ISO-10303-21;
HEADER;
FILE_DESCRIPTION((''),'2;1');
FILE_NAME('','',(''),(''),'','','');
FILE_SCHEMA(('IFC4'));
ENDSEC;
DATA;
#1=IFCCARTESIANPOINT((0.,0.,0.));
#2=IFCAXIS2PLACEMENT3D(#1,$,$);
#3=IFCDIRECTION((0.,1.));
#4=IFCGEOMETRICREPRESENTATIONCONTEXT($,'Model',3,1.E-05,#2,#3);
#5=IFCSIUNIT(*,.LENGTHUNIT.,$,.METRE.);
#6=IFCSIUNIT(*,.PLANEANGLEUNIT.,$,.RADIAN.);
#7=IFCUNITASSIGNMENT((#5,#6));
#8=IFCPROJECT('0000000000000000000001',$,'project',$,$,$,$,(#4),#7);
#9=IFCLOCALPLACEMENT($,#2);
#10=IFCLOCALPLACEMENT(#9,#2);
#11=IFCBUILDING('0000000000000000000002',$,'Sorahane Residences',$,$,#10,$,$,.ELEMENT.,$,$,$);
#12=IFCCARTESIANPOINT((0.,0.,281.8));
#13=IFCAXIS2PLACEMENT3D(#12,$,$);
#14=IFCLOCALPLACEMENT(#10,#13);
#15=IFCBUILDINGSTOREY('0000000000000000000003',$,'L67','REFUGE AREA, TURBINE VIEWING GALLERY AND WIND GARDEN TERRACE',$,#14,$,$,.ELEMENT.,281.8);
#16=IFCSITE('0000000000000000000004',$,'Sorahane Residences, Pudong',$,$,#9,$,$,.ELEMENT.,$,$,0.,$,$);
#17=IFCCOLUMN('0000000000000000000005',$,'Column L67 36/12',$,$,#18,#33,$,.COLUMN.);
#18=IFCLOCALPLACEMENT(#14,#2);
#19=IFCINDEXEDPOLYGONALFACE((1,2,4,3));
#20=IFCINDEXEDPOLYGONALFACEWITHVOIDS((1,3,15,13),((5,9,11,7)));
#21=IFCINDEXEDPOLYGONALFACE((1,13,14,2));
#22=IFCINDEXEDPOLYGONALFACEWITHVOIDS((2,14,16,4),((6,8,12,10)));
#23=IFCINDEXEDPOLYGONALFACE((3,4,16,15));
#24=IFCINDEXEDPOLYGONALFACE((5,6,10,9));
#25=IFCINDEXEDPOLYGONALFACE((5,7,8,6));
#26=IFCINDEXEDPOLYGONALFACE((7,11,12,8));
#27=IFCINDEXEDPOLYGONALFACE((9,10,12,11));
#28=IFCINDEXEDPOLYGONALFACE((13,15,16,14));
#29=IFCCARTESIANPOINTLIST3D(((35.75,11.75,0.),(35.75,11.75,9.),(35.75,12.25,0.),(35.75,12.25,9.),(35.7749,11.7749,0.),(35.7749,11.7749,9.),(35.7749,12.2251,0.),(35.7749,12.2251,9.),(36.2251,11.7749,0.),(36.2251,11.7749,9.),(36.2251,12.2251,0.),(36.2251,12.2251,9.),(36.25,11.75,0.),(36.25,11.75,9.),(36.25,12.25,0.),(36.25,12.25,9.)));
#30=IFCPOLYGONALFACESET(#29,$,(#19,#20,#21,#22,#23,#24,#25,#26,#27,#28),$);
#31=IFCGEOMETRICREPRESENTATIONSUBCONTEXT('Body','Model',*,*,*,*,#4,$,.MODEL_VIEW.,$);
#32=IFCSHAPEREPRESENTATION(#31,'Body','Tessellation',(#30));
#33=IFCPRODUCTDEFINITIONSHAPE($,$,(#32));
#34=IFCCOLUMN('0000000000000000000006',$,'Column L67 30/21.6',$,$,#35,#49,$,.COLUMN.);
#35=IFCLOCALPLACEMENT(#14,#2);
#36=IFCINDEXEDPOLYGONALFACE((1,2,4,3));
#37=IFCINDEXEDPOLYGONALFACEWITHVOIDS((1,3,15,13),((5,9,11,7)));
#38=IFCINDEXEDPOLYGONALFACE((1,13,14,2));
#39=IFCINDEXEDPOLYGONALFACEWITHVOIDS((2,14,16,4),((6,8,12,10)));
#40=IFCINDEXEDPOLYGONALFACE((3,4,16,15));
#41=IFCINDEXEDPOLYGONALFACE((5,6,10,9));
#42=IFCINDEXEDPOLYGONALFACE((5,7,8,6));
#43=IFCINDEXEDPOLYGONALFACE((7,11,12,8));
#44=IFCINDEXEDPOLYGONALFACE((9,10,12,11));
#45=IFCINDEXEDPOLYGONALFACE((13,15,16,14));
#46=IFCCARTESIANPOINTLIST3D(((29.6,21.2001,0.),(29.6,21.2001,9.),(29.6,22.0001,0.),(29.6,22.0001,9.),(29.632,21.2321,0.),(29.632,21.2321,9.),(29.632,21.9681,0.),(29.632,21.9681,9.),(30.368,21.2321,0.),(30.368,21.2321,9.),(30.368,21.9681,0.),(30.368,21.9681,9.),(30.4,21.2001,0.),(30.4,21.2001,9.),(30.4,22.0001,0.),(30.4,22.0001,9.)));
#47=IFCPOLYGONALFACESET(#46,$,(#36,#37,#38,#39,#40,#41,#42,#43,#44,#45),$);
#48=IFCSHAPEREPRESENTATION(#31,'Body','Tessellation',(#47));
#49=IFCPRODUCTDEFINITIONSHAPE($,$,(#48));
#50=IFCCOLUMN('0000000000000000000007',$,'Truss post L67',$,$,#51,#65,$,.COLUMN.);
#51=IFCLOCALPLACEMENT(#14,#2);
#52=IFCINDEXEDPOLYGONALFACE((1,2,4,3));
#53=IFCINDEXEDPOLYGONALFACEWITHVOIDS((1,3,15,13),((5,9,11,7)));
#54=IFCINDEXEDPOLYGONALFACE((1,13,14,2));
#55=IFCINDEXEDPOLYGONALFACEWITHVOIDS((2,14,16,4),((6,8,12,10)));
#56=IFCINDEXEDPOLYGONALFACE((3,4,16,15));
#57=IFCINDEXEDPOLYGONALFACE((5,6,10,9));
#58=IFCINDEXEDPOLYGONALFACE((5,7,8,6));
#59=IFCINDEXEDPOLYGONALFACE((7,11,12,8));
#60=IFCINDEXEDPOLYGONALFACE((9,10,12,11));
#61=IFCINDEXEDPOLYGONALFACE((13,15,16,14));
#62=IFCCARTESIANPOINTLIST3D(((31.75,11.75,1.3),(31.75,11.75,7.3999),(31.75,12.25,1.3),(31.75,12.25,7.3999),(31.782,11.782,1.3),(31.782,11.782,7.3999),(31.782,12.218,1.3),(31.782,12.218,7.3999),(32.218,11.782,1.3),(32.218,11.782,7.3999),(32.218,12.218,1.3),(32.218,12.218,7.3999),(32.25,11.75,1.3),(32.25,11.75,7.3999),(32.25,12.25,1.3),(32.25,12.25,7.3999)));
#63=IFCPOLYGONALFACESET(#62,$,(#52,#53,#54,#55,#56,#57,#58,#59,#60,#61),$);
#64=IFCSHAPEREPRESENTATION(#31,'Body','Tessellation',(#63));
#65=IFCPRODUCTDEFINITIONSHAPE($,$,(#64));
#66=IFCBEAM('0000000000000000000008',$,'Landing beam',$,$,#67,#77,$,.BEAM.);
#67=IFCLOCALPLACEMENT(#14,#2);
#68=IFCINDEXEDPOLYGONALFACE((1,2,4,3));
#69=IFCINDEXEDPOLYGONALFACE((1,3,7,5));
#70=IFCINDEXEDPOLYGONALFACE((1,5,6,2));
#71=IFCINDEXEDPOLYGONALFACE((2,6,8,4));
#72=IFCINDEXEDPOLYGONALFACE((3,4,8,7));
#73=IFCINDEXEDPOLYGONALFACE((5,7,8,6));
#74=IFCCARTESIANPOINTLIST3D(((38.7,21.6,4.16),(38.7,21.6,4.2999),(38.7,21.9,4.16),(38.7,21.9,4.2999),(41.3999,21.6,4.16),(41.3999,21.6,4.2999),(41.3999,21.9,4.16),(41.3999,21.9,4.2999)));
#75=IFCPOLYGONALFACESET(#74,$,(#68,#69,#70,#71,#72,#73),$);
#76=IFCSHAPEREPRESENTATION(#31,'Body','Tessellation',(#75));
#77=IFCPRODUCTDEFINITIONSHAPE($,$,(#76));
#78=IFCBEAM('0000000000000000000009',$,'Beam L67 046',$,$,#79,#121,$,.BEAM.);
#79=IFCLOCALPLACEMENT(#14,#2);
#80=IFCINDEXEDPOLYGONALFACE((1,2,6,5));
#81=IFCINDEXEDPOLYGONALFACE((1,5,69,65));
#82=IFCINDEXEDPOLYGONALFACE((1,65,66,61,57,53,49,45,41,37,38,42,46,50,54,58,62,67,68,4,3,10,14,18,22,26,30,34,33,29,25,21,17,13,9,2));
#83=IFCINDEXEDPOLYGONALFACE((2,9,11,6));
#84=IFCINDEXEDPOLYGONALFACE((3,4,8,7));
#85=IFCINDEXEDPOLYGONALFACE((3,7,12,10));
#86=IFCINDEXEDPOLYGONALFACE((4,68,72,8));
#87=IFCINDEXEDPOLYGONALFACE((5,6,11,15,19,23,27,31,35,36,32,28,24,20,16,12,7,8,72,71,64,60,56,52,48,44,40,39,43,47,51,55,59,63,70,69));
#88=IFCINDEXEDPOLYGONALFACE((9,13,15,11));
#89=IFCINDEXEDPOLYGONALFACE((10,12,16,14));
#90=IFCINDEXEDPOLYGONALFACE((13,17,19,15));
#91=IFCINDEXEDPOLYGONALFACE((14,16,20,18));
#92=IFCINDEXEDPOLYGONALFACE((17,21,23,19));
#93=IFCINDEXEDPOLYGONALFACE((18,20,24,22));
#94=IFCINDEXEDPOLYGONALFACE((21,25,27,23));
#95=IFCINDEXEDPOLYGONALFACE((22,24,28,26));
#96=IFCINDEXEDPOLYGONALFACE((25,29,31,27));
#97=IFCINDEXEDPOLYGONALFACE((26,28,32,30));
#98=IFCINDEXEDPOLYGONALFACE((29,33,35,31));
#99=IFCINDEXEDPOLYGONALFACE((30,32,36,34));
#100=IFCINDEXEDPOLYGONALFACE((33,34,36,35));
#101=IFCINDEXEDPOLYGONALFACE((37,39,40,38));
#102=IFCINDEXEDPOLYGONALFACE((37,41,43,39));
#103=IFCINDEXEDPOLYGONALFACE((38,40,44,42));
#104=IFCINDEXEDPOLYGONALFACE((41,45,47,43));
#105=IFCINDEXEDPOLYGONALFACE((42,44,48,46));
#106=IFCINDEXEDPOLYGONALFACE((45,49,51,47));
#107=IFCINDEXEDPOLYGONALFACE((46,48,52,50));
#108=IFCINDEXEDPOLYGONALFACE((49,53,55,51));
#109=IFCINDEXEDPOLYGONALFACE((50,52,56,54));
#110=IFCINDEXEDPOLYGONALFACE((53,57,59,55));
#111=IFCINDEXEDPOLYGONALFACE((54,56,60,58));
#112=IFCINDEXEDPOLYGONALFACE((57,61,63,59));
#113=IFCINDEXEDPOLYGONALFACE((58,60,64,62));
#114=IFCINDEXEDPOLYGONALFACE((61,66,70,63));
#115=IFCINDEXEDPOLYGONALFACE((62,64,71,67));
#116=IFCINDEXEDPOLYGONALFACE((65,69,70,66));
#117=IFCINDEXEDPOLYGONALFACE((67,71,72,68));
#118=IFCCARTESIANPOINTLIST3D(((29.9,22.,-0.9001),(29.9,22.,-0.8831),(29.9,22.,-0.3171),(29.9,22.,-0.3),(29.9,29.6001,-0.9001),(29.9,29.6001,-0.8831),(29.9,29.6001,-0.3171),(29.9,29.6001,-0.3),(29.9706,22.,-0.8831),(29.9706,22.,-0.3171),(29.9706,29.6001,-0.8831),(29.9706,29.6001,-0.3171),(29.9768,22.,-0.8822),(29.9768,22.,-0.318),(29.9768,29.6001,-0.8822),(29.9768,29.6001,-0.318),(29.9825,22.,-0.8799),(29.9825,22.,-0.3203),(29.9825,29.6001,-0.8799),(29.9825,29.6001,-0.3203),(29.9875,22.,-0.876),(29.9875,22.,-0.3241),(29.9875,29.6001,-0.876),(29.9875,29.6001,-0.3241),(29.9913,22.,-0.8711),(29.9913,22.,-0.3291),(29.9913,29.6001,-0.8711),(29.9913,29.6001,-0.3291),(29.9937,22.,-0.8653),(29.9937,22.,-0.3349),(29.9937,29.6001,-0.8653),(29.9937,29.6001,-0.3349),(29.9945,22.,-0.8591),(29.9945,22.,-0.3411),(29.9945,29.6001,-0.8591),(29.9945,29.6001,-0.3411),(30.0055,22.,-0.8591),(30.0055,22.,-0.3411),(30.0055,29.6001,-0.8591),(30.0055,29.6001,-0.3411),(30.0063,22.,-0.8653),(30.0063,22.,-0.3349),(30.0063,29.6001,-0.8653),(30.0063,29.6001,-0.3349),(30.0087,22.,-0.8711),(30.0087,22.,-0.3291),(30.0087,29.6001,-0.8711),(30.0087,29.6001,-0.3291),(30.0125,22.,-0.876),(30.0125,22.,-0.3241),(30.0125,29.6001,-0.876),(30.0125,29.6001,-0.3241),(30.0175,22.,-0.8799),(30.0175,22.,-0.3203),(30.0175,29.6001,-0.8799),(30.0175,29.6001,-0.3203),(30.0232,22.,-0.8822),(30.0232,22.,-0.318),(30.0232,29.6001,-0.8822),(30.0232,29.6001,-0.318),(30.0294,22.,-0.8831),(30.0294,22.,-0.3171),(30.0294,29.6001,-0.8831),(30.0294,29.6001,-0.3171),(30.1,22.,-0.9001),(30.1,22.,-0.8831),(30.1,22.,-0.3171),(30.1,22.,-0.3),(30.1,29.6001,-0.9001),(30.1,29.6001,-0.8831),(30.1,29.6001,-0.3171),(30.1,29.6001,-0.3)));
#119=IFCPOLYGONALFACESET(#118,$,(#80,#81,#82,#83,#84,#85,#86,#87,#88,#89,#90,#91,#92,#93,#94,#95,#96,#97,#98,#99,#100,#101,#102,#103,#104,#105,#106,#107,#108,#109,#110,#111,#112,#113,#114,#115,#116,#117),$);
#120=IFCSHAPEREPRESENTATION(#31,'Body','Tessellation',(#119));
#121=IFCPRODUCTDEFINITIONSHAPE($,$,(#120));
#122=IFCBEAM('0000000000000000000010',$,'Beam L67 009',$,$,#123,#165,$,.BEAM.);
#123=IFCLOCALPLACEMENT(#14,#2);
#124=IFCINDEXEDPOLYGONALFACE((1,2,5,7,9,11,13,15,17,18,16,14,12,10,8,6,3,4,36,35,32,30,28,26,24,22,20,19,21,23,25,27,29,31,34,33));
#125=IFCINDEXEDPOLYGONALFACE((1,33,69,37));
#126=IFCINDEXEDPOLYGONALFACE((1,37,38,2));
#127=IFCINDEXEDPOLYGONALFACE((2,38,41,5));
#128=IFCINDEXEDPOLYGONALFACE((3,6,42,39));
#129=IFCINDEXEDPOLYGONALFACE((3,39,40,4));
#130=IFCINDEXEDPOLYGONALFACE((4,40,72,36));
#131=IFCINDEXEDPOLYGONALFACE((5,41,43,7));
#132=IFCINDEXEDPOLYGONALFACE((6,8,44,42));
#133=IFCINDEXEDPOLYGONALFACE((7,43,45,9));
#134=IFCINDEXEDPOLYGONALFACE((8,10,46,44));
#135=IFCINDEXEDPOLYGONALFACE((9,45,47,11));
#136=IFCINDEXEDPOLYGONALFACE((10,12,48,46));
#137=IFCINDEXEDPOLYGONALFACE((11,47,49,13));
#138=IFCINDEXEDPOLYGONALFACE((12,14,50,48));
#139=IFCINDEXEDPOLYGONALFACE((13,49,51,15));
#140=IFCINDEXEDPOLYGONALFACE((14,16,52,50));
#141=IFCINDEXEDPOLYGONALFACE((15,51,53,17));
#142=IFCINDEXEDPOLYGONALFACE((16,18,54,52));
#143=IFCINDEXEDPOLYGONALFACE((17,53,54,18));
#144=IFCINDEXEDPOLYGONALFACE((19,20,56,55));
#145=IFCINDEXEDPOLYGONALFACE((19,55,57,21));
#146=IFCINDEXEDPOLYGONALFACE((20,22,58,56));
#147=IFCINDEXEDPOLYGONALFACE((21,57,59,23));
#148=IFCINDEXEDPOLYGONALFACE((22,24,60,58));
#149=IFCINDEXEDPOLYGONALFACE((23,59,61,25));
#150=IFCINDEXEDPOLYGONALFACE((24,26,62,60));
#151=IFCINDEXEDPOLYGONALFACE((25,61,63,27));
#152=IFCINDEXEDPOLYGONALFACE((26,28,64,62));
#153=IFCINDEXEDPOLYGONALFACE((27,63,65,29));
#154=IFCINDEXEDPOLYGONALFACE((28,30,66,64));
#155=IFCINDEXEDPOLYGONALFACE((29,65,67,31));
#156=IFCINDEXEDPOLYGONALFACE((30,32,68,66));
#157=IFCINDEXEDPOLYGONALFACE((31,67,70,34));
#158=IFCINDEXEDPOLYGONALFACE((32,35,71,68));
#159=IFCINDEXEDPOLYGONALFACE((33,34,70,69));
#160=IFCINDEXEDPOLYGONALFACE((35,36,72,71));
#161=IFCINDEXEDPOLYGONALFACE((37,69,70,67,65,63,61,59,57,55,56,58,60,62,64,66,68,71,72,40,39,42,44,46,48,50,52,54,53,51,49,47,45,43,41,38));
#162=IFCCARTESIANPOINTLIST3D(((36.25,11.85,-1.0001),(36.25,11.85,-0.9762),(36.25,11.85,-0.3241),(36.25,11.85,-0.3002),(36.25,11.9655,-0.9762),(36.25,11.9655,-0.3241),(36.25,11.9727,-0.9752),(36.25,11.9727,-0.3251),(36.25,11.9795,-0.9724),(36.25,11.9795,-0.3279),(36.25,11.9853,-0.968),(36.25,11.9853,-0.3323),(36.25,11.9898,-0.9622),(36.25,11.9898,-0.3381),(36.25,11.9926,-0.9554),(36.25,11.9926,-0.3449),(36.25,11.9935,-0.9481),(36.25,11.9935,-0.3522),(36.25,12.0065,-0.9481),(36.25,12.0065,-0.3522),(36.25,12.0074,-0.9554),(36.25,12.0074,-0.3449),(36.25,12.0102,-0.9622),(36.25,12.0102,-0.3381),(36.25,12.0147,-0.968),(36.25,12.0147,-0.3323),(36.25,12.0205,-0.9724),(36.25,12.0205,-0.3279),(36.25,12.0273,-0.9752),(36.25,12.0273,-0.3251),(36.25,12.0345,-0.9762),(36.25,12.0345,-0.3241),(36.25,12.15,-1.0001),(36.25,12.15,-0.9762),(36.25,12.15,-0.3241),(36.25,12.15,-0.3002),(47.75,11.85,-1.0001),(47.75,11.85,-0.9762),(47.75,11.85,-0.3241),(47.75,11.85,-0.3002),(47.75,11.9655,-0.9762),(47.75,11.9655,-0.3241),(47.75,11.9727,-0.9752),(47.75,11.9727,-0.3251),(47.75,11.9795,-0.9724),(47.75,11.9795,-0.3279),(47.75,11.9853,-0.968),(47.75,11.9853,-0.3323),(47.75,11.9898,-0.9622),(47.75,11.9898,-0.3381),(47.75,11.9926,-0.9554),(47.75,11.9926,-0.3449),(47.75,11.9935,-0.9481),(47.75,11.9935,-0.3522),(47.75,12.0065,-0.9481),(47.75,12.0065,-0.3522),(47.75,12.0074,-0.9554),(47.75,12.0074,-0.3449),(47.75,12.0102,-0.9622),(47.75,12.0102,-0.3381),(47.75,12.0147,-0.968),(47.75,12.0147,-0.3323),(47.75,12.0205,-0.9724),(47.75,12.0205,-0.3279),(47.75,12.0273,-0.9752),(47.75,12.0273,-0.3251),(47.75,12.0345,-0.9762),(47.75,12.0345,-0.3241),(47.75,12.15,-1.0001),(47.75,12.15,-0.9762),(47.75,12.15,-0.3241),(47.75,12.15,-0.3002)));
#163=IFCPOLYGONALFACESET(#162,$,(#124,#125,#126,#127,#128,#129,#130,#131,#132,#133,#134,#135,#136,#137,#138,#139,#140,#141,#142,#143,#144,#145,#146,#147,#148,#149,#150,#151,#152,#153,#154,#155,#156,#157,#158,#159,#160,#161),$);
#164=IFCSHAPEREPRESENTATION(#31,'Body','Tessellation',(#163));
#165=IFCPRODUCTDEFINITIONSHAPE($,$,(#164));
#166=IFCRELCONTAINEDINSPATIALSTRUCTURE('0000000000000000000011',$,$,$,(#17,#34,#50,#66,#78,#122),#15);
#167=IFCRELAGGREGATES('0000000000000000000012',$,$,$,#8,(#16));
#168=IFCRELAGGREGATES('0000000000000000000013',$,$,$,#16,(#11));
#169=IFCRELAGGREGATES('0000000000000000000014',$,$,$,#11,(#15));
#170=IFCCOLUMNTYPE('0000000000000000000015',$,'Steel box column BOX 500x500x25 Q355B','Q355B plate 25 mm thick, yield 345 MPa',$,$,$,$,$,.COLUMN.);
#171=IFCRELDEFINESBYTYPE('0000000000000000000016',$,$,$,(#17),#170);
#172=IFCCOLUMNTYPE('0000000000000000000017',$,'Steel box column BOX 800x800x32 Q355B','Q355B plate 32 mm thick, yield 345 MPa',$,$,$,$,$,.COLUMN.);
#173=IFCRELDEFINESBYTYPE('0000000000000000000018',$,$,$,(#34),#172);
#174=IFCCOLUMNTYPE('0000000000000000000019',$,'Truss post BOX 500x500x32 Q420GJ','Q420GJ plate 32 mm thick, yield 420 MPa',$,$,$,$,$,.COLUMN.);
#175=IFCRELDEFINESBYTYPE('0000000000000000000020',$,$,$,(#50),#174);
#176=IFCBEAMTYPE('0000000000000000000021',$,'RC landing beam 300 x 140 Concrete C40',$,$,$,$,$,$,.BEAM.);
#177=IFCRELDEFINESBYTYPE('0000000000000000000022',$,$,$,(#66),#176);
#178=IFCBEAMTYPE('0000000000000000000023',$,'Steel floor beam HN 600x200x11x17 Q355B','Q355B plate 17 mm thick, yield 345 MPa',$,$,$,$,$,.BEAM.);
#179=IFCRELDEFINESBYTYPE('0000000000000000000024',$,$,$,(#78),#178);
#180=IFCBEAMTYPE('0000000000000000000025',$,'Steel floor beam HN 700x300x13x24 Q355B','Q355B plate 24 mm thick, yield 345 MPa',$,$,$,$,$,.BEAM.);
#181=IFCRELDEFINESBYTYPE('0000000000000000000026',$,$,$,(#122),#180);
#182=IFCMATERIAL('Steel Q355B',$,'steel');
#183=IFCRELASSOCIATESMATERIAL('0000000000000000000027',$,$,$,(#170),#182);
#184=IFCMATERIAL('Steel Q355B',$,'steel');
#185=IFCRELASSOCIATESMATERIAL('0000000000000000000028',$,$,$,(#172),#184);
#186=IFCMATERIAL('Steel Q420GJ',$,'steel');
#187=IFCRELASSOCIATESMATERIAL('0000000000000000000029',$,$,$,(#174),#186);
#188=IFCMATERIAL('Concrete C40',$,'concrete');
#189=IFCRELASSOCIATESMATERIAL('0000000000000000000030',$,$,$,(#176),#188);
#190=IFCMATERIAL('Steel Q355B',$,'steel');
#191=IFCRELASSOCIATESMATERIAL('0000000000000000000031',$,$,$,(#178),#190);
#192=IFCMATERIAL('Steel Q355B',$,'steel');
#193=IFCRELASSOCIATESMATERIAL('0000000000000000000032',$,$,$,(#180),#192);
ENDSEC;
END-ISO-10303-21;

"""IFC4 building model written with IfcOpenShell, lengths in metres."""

from ifc_helpers import new_model, si_unit, direction, frame, origin, origin_2d, place, context, subcontext, project, spatial, rectangle, hollow_rectangle, i_section, extrude, material, material_profile, profile_set, type_object, element, save


model = new_model("IFC4")

# Units and contexts
model_context = context("Model", 3, precision=1e-05, world=origin(), true_north=direction((0.0, 1.0)))
body_context = subcontext(model_context, "Body", "Model", "MODEL_VIEW")
ifc_project = project(units=[si_unit("LENGTHUNIT", "METRE"), si_unit("PLANEANGLEUNIT", "RADIAN")], contexts=[model_context])

# Site, building, storey
site_placement = place(None, origin())
site = spatial("IfcSite", under=ifc_project, at=site_placement, Name="Sorahane Residences, Pudong", CompositionType="ELEMENT", RefElevation=0.0)
building_placement = place(site_placement, origin())
building = spatial("IfcBuilding", under=site, at=building_placement, Name="Sorahane Residences", CompositionType="ELEMENT")
storey_placement = place(building_placement, frame((0.0, 0.0, 281.8)))
storey = spatial("IfcBuildingStorey", under=building, at=storey_placement, Name="L67", Description="REFUGE AREA, TURBINE VIEWING GALLERY AND WIND GARDEN TERRACE", CompositionType="ELEMENT", Elevation=281.8)

# Columns
ifc_material_1 = material(Name="Steel Q355B", Category="steel")
ifc_material_profile_1 = material_profile(ifc_material_1, hollow_rectangle(XDim=0.5, YDim=0.5, WallThickness=0.0249, at=origin_2d()), Name="BOX 500x500x25")
ifc_profile_set_1 = profile_set([ifc_material_profile_1], Name="Steel Q355B")
column_type_1 = type_object("IfcColumnType", Name="Steel box column BOX 500x500x25 Q355B", Description="Q355B plate 25 mm thick, yield 345 MPa", PredefinedType="COLUMN", material=ifc_profile_set_1)
column_1_placement = place(storey_placement, frame((36.0, 12.0, 0.0), z_axis=(0.0, 0.0, 1.0), x_axis=(1.0, 0.0, 0.0)))
element("IfcColumn", 1, at=column_1_placement, inside=storey, type_object=column_type_1, Name="Column L67 36/12", PredefinedType="COLUMN", context=body_context, shape_type="SweptSolid", body=[
    extrude(hollow_rectangle(XDim=0.5, YDim=0.5, WallThickness=0.0249, at=origin_2d()), origin(), (0.0, 0.0, 1.0), 9.0),
])
ifc_material_2 = material(Name="Steel Q355B", Category="steel")
ifc_material_profile_2 = material_profile(ifc_material_2, hollow_rectangle(XDim=0.8, YDim=0.8, WallThickness=0.032, at=origin_2d()), Name="BOX 800x800x32")
ifc_profile_set_2 = profile_set([ifc_material_profile_2], Name="Steel Q355B")
column_type_2 = type_object("IfcColumnType", Name="Steel box column BOX 800x800x32 Q355B", Description="Q355B plate 32 mm thick, yield 345 MPa", PredefinedType="COLUMN", material=ifc_profile_set_2)
column_2_placement = place(storey_placement, frame((30.0, 21.6001, 0.0), z_axis=(0.0, 0.0, 1.0), x_axis=(1.0, 0.0, 0.0)))
element("IfcColumn", 2, at=column_2_placement, inside=storey, type_object=column_type_2, Name="Column L67 30/21.6", PredefinedType="COLUMN", context=body_context, shape_type="SweptSolid", body=[
    extrude(hollow_rectangle(XDim=0.8, YDim=0.8, WallThickness=0.032, at=origin_2d()), origin(), (0.0, 0.0, 1.0), 9.0),
])
ifc_material_3 = material(Name="Steel Q420GJ", Category="steel")
ifc_material_profile_3 = material_profile(ifc_material_3, hollow_rectangle(XDim=0.5, YDim=0.5, WallThickness=0.032, at=origin_2d()), Name="BOX 500x500x32")
ifc_profile_set_3 = profile_set([ifc_material_profile_3], Name="Steel Q420GJ")
column_type_3 = type_object("IfcColumnType", Name="Truss post BOX 500x500x32 Q420GJ", Description="Q420GJ plate 32 mm thick, yield 420 MPa", PredefinedType="COLUMN", material=ifc_profile_set_3)
column_3_placement = place(storey_placement, frame((32.0, 12.0, 1.3), z_axis=(0.0, 0.0, 1.0), x_axis=(1.0, 0.0, 0.0)))
element("IfcColumn", 3, at=column_3_placement, inside=storey, type_object=column_type_3, Name="Truss post L67", PredefinedType="COLUMN", context=body_context, shape_type="SweptSolid", body=[
    extrude(hollow_rectangle(XDim=0.5, YDim=0.5, WallThickness=0.032, at=origin_2d()), origin(), (0.0, 0.0, 1.0), 6.0999),
])

# Beams
ifc_material_4 = material(Name="Concrete C40", Category="concrete")
ifc_material_profile_4 = material_profile(ifc_material_4, rectangle(XDim=0.3, YDim=0.1399, at=origin_2d()), Name="300x140")
ifc_profile_set_4 = profile_set([ifc_material_profile_4], Name="Concrete C40")
beam_type_1 = type_object("IfcBeamType", Name="RC landing beam 300 x 140 Concrete C40", PredefinedType="BEAM", material=ifc_profile_set_4)
beam_1_placement = place(storey_placement, frame((38.7, 21.75, 4.23), z_axis=(1.0, 0.0, 0.0), x_axis=(0.0, 1.0, 0.0)))
element("IfcBeam", 4, at=beam_1_placement, inside=storey, type_object=beam_type_1, Name="Landing beam", PredefinedType="BEAM", context=body_context, shape_type="SweptSolid", body=[
    extrude(rectangle(XDim=0.3, YDim=0.1399, at=origin_2d()), origin(), (0.0, 0.0, 1.0), 2.7),
])
ifc_material_5 = material(Name="Steel Q355B", Category="steel")
ifc_material_profile_5 = material_profile(ifc_material_5, i_section(OverallWidth=0.2, OverallDepth=0.6001, WebThickness=0.011, FlangeThickness=0.0171, FilletRadius=0.0239, at=origin_2d()), Name="HN 600x200x11x17")
ifc_profile_set_5 = profile_set([ifc_material_profile_5], Name="Steel Q355B")
beam_type_2 = type_object("IfcBeamType", Name="Steel floor beam HN 600x200x11x17 Q355B", Description="Q355B plate 17 mm thick, yield 345 MPa", PredefinedType="BEAM", material=ifc_profile_set_5)
beam_2_placement = place(storey_placement, frame((30.0, 22.0, -0.6001), z_axis=(0.0, 1.0, 0.0), x_axis=(-1.0, 0.0, 0.0)))
element("IfcBeam", 5, at=beam_2_placement, inside=storey, type_object=beam_type_2, Name="Beam L67 046", PredefinedType="BEAM", context=body_context, shape_type="SweptSolid", body=[
    extrude(i_section(OverallWidth=0.2, OverallDepth=0.6001, WebThickness=0.011, FlangeThickness=0.0171, FilletRadius=0.0239, at=origin_2d()), origin(), (0.0, 0.0, 1.0), 7.6001),
])
ifc_material_6 = material(Name="Steel Q355B", Category="steel")
ifc_material_profile_6 = material_profile(ifc_material_6, i_section(OverallWidth=0.3, OverallDepth=0.7, WebThickness=0.0129, FlangeThickness=0.0239, FilletRadius=0.0281, at=origin_2d()), Name="HN 700x300x13x24")
ifc_profile_set_6 = profile_set([ifc_material_profile_6], Name="Steel Q355B")
beam_type_3 = type_object("IfcBeamType", Name="Steel floor beam HN 700x300x13x24 Q355B", Description="Q355B plate 24 mm thick, yield 345 MPa", PredefinedType="BEAM", material=ifc_profile_set_6)
beam_3_placement = place(storey_placement, frame((36.25, 12.0, -0.6501), z_axis=(1.0, 0.0, 0.0), x_axis=(0.0, 1.0, 0.0)))
element("IfcBeam", 6, at=beam_3_placement, inside=storey, type_object=beam_type_3, Name="Beam L67 009", PredefinedType="BEAM", context=body_context, shape_type="SweptSolid", body=[
    extrude(i_section(OverallWidth=0.3, OverallDepth=0.7, WebThickness=0.0129, FlangeThickness=0.0239, FilletRadius=0.0281, at=origin_2d()), origin(), (0.0, 0.0, 1.0), 11.5),
])

save(model, "model.ifc")
